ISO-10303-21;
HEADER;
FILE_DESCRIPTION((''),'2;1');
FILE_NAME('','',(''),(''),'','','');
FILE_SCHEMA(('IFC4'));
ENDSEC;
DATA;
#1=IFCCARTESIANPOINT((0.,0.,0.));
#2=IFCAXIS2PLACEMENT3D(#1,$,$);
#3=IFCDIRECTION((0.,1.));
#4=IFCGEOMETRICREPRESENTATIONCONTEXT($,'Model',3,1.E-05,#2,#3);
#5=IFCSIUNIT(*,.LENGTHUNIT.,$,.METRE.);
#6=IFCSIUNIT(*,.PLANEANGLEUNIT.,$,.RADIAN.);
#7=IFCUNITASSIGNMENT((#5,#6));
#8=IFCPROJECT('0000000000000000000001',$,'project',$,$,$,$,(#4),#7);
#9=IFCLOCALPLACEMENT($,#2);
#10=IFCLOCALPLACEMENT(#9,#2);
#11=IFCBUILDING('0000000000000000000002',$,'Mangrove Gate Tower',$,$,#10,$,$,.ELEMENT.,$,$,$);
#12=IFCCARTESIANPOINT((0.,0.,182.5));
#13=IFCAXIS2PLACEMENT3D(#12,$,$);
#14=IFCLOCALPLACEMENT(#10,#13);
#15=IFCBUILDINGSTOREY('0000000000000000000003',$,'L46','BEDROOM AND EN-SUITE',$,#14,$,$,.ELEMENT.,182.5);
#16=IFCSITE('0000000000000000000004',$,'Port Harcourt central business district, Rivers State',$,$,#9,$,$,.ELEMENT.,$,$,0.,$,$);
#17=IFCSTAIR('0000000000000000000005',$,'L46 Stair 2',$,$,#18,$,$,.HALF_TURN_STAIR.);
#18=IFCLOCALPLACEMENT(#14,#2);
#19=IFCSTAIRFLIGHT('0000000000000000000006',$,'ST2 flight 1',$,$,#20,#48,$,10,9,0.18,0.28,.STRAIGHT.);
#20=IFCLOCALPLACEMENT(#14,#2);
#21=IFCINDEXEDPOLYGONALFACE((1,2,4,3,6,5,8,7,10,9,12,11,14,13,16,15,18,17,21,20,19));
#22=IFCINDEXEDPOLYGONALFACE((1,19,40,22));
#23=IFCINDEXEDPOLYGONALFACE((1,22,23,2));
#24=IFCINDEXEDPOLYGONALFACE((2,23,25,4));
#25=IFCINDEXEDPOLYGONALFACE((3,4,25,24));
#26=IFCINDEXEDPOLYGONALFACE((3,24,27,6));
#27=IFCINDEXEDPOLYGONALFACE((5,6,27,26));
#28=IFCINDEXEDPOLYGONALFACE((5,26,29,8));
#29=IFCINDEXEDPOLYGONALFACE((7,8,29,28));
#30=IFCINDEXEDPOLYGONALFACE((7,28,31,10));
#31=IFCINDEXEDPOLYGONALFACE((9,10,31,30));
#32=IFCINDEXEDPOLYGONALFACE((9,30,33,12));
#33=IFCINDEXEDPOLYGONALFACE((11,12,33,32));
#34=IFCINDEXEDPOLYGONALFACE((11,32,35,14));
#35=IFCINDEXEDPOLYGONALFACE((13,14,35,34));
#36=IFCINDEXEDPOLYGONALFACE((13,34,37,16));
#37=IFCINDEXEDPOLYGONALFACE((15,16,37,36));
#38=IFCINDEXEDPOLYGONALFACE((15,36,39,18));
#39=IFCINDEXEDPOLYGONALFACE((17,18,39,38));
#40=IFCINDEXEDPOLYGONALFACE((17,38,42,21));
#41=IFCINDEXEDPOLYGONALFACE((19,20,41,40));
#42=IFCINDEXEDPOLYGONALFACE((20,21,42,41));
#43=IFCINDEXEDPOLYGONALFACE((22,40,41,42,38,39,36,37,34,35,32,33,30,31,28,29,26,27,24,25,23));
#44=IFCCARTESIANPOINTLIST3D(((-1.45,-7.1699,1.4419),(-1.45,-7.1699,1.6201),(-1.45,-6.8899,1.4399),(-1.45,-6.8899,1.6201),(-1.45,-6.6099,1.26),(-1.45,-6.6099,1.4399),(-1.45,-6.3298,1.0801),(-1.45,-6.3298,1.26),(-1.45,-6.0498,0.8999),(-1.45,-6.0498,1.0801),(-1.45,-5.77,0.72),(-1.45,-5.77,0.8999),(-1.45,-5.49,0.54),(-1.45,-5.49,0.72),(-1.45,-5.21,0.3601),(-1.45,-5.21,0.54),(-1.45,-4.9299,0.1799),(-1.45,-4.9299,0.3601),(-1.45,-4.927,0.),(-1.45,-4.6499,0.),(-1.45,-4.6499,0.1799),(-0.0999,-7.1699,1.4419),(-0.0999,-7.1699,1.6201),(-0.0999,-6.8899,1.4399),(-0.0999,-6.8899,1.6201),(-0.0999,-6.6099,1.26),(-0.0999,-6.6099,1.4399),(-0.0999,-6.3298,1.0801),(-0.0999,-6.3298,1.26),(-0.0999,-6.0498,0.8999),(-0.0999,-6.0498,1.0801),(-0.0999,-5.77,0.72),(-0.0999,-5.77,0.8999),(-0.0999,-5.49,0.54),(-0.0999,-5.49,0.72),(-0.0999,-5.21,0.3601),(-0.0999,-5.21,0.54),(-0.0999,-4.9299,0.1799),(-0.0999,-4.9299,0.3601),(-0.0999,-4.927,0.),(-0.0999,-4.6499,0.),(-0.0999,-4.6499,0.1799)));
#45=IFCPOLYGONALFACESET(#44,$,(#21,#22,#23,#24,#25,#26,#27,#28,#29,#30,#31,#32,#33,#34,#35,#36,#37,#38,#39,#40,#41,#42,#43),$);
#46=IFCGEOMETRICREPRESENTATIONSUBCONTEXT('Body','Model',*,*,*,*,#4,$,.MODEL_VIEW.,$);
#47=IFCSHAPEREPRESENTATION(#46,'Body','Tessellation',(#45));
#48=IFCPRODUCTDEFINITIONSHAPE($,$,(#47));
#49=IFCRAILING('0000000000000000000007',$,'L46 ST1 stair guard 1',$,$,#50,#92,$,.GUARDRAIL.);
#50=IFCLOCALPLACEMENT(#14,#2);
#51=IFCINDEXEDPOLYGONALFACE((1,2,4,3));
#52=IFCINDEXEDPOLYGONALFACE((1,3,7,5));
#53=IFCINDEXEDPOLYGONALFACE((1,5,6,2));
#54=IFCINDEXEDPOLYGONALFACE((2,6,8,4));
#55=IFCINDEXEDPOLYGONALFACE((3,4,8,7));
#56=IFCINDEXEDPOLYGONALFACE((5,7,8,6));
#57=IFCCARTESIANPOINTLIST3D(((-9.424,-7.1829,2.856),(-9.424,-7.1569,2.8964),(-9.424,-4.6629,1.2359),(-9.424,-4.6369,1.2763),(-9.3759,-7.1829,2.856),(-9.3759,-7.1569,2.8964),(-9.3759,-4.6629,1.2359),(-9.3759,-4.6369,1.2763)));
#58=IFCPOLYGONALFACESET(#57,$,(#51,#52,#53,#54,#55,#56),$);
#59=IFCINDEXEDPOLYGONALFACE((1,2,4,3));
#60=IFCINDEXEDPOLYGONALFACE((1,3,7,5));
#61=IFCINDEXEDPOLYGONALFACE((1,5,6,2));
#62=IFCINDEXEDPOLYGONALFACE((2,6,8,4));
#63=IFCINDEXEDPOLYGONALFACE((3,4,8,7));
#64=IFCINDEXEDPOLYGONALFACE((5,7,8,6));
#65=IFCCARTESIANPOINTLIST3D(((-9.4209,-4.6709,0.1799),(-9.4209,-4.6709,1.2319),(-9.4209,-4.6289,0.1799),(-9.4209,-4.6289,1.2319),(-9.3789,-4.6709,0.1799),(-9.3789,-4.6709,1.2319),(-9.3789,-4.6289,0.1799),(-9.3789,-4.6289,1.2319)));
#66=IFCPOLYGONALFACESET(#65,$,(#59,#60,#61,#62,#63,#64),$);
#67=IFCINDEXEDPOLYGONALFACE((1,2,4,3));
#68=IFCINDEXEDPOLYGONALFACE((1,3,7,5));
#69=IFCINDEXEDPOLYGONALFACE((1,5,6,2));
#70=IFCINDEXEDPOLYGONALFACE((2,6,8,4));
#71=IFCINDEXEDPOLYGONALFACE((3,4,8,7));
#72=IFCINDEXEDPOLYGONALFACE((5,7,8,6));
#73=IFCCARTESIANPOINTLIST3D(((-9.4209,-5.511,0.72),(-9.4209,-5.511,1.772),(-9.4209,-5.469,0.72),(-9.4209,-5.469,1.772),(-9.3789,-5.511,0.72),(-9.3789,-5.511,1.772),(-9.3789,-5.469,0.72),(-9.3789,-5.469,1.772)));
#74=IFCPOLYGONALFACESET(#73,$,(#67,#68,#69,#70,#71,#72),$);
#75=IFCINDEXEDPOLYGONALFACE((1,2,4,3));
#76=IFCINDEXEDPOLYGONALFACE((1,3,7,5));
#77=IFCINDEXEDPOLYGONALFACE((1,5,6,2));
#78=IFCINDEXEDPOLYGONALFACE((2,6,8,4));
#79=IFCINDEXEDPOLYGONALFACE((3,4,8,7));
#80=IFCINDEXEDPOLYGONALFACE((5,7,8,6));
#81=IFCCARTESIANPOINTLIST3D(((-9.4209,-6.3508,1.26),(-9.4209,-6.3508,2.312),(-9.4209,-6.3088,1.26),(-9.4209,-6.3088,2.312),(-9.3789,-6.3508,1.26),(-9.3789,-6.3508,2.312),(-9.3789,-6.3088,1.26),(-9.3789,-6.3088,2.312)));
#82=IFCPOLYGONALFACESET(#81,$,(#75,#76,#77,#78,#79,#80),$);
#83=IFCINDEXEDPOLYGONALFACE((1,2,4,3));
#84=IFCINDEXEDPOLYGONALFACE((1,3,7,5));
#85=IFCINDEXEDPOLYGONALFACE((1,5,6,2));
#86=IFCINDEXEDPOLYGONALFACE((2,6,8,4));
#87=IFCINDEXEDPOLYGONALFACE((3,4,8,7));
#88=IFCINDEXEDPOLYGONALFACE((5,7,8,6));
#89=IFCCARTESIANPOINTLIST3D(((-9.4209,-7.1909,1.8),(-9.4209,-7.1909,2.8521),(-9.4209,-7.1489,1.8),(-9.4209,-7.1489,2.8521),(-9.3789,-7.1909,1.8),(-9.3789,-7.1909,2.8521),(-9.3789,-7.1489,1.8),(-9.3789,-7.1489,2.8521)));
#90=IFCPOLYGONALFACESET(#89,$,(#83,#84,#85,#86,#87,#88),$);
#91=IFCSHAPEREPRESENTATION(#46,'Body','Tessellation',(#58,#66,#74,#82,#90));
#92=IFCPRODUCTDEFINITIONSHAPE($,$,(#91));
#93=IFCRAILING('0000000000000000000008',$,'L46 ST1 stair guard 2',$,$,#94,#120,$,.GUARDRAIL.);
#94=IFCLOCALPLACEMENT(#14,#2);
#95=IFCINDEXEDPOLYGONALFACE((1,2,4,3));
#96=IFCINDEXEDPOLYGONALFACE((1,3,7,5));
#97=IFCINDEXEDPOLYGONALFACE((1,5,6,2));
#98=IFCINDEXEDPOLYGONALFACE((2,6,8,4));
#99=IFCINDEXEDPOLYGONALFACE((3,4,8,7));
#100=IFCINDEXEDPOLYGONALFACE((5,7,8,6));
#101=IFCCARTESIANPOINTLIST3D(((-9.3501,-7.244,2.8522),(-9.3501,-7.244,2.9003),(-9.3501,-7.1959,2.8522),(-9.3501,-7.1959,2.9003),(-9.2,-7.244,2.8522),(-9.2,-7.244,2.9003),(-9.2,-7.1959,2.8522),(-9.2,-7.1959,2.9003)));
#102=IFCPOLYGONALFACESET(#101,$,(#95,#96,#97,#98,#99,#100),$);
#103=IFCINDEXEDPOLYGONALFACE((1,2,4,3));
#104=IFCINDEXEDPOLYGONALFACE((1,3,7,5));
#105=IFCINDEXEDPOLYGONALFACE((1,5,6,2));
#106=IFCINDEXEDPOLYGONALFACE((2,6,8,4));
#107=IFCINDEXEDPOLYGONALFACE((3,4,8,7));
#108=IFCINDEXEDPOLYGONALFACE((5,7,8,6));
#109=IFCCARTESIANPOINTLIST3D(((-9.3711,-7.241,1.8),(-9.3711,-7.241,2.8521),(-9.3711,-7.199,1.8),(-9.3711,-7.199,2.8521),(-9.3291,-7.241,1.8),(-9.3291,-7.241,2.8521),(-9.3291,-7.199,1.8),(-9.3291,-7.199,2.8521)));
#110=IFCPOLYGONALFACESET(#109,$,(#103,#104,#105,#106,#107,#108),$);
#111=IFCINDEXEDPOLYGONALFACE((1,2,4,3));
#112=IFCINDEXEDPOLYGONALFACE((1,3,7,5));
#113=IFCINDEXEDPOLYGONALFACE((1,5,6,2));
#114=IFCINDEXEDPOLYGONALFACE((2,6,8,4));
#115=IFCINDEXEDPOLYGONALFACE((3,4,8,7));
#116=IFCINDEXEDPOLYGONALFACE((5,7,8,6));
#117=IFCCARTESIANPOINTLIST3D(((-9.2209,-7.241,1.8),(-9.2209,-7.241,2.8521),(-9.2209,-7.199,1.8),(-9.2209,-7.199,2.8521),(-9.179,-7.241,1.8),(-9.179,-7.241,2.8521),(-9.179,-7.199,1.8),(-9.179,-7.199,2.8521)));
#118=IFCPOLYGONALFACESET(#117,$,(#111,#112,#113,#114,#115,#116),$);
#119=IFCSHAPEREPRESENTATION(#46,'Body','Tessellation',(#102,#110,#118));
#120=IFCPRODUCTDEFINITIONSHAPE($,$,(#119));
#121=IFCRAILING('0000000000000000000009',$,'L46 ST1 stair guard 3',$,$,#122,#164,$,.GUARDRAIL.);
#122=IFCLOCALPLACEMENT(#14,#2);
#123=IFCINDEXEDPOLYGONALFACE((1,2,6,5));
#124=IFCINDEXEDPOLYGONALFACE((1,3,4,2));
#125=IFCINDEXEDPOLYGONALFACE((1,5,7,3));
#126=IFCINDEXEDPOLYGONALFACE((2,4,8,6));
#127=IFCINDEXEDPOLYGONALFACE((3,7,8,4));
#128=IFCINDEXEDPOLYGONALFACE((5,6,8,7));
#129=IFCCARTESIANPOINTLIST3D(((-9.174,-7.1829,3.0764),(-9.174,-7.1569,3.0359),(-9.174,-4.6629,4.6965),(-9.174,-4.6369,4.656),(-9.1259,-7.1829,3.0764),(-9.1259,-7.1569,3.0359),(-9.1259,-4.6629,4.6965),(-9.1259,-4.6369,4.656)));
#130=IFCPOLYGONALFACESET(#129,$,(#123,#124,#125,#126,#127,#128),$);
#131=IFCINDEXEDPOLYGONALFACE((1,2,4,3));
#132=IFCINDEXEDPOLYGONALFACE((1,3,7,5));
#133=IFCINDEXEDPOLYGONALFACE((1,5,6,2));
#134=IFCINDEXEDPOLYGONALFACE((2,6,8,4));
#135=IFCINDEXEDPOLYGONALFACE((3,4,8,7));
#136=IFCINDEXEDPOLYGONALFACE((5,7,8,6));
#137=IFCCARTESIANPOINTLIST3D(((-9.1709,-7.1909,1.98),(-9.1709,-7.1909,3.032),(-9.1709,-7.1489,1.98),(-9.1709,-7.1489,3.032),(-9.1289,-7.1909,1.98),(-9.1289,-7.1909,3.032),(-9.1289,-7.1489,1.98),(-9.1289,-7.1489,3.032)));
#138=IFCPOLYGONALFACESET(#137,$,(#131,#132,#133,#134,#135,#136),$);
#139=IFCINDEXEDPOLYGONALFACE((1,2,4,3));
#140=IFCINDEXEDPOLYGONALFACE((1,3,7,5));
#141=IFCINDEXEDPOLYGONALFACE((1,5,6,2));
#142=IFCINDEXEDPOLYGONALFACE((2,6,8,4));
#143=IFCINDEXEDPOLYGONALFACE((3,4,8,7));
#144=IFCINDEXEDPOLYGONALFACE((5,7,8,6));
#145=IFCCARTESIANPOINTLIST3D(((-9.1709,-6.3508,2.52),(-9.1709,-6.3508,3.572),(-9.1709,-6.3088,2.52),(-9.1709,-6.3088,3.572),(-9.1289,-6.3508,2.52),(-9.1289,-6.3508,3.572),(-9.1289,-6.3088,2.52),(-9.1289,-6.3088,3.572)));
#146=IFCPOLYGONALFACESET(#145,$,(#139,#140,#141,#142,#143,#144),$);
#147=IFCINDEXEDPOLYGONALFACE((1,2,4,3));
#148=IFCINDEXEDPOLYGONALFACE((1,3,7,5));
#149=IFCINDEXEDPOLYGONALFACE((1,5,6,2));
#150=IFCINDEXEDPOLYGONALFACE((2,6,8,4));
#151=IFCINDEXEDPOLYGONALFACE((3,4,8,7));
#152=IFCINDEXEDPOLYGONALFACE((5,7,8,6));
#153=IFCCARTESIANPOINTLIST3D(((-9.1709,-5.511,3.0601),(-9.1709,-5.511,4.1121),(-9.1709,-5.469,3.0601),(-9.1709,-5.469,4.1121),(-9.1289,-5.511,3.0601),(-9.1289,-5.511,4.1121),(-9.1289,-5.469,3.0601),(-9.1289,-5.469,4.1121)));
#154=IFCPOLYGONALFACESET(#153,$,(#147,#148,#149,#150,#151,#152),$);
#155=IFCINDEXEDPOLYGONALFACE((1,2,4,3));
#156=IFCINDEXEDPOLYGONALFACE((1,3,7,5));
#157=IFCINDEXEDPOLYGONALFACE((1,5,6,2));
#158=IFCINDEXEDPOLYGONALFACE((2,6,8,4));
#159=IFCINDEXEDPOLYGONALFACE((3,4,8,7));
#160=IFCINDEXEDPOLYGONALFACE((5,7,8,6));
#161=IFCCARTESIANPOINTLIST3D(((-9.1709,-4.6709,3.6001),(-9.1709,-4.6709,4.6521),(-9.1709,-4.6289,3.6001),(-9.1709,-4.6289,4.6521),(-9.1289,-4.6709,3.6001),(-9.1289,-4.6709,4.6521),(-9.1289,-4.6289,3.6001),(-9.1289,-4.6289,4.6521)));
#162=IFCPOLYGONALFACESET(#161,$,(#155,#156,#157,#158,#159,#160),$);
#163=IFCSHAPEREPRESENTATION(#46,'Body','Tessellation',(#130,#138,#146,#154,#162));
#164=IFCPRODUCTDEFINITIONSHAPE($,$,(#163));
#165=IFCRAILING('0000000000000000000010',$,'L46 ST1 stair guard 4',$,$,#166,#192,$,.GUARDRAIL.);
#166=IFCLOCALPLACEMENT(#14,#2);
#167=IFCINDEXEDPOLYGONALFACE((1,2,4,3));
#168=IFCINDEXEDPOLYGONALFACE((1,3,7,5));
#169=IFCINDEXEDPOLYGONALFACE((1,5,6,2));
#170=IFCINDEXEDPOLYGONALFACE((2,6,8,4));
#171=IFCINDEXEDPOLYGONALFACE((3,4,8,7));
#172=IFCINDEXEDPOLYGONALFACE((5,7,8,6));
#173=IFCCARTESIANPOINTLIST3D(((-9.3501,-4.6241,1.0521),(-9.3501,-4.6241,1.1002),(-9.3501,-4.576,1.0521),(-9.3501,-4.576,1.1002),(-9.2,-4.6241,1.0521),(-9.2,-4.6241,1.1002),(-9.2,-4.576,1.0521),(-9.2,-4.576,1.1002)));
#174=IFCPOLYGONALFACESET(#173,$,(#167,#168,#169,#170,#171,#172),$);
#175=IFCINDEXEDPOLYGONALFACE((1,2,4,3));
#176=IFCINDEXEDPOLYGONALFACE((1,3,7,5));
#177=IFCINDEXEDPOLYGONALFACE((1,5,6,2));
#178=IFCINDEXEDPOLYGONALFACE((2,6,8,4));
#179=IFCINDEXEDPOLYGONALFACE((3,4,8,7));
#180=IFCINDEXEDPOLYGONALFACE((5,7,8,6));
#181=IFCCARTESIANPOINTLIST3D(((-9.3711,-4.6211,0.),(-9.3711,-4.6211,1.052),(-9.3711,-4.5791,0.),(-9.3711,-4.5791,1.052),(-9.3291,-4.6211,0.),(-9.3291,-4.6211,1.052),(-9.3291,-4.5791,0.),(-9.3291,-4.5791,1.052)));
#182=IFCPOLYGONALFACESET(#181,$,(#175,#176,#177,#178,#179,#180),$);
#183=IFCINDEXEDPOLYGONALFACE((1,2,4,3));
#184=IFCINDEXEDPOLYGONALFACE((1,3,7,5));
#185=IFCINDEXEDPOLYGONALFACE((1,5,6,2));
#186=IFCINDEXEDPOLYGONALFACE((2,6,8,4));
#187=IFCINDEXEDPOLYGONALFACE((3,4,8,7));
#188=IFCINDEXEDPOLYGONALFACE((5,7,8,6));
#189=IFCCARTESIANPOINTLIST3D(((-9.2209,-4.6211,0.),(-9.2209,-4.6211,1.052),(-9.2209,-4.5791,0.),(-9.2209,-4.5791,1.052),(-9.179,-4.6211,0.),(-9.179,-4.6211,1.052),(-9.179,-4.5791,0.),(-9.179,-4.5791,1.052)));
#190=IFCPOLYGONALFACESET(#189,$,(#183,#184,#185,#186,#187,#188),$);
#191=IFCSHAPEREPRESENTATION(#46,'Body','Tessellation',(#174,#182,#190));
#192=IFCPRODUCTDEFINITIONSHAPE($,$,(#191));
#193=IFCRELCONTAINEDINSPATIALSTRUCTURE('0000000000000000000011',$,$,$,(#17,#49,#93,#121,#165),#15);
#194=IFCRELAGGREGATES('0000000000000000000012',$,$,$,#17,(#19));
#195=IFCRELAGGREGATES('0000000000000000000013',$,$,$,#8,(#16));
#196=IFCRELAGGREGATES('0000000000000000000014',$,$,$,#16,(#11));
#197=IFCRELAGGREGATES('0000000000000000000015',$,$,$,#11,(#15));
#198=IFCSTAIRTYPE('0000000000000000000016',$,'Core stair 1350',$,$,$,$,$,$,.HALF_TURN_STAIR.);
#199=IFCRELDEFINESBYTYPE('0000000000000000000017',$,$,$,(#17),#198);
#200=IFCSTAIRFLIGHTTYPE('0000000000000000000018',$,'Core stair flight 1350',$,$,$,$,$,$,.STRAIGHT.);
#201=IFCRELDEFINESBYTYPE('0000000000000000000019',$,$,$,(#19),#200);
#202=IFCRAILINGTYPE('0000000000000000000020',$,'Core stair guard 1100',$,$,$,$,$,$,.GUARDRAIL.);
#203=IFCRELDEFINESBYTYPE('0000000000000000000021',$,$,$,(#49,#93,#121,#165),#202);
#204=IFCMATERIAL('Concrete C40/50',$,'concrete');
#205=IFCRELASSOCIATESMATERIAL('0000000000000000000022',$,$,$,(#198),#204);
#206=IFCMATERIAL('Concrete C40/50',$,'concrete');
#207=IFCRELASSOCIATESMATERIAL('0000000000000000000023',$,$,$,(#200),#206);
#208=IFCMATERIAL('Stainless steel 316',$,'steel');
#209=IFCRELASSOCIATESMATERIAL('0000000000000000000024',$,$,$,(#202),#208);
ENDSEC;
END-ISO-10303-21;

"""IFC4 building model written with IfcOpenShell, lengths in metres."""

from ifc_helpers import new_model, si_unit, direction, frame, origin, origin_2d, place, context, subcontext, project, spatial, polyline, rectangle, outline, extrude, material, type_object, element, aggregate, save


model = new_model("IFC4")

# Units and contexts
model_context = context("Model", 3, precision=1e-05, world=origin(), true_north=direction((0.0, 1.0)))
body_context = subcontext(model_context, "Body", "Model", "MODEL_VIEW")
ifc_project = project(units=[si_unit("LENGTHUNIT", "METRE"), si_unit("PLANEANGLEUNIT", "RADIAN")], contexts=[model_context])

# Site, building, storey
site_placement = place(None, origin())
site = spatial("IfcSite", under=ifc_project, at=site_placement, Name="Port Harcourt central business district, Rivers State", CompositionType="ELEMENT", RefElevation=0.0)
building_placement = place(site_placement, origin())
building = spatial("IfcBuilding", under=site, at=building_placement, Name="Mangrove Gate Tower", CompositionType="ELEMENT")
storey_placement = place(building_placement, frame((0.0, 0.0, 182.5)))
storey = spatial("IfcBuildingStorey", under=building, at=storey_placement, Name="L46", Description="BEDROOM AND EN-SUITE", CompositionType="ELEMENT", Elevation=182.5)

# Shared definitions
ifc_material_1 = material(Name="Concrete C40/50", Category="concrete")
stair_type = type_object("IfcStairType", Name="Core stair 1350", PredefinedType="HALF_TURN_STAIR", material=ifc_material_1)
ifc_material_2 = material(Name="Concrete C40/50", Category="concrete")
stair_flight_type = type_object("IfcStairFlightType", Name="Core stair flight 1350", PredefinedType="STRAIGHT", material=ifc_material_2)

# Stair, stair flight
stair_1_placement = place(storey_placement, origin())
stair_1 = element("IfcStair", 1, at=stair_1_placement, inside=storey, type_object=stair_type, Name="L46 Stair 2", PredefinedType="HALF_TURN_STAIR")
stair_flight_1_placement = place(storey_placement, frame((-0.7749, -4.6499, 0.0), z_axis=(0.0, 0.0, 1.0), x_axis=(0.0, -1.0, 0.0)))
stair_flight_1 = element("IfcStairFlight", 2, at=stair_flight_1_placement, type_object=stair_flight_type, Name="ST2 flight 1", NumberOfRisers=10, NumberOfTreads=9, PredefinedType="STRAIGHT", RiserHeight=0.18, TreadLength=0.28, context=body_context, shape_type="SweptSolid", body=[
    extrude(outline(polyline([(0.0, 0.0), (0.0, 0.1799), (0.28, 0.1799), (0.28, 0.3601), (0.5601, 0.3601), (0.5601, 0.54), (0.8401, 0.54), (0.8401, 0.72), (1.1201, 0.72), (1.1201, 0.8999), (1.3999, 0.8999), (1.3999, 1.0801), (1.6799, 1.0801), (1.6799, 1.26), (1.96, 1.26), (1.96, 1.4399), (2.24, 1.4399), (2.24, 1.6201), (2.52, 1.6201), (2.52, 1.8), (2.52, 1.4419), (0.2771, 0.0), (0.0, 0.0)])), frame((0.0, 0.675, 0.0), z_axis=(0.0, -1.0, 0.0), x_axis=(1.0, 0.0, 0.0)), (0.0, 0.0, 1.0), 1.3501),
])
aggregate(stair_1, [stair_flight_1])

# Railings
ifc_material_3 = material(Name="Stainless steel 316", Category="steel")
railing_type_1 = type_object("IfcRailingType", Name="Core stair guard 1100", PredefinedType="GUARDRAIL", material=ifc_material_3)
railing_1_placement = place(storey_placement, frame((-9.3999, -4.6499, 0.1799)))
element("IfcRailing", 3, at=railing_1_placement, inside=storey, type_object=railing_type_1, Name="L46 ST1 stair guard 1", PredefinedType="GUARDRAIL", context=body_context, shape_type="SweptSolid", body=[
    extrude(rectangle(XDim=0.0481, YDim=0.0481, at=origin_2d()), frame((0.0, 0.0, 1.0762), z_axis=(0.0, -0.841163, 0.540782), x_axis=(1.0, 0.0, 0.0)), (0.0, 0.0, 1.0), 2.9958),
    extrude(rectangle(XDim=0.042, YDim=0.042, at=origin_2d()), origin(), (0.0, 0.0, 1.0), 1.052),
    extrude(rectangle(XDim=0.042, YDim=0.042, at=origin_2d()), frame((0.0, -0.8401, 0.54)), (0.0, 0.0, 1.0), 1.052),
    extrude(rectangle(XDim=0.042, YDim=0.042, at=origin_2d()), frame((0.0, -1.6799, 1.0801)), (0.0, 0.0, 1.0), 1.052),
    extrude(rectangle(XDim=0.042, YDim=0.042, at=origin_2d()), frame((0.0, -2.52, 1.6201)), (0.0, 0.0, 1.0), 1.052),
])
railing_2_placement = place(storey_placement, frame((-9.3501, -7.22, 1.8)))
element("IfcRailing", 4, at=railing_2_placement, inside=storey, type_object=railing_type_1, Name="L46 ST1 stair guard 2", PredefinedType="GUARDRAIL", context=body_context, shape_type="SweptSolid", body=[
    extrude(rectangle(XDim=0.0481, YDim=0.0481, at=origin_2d()), frame((0.0, 0.0, 1.0762), z_axis=(1.0, 0.0, 0.0), x_axis=(0.0, 1.0, 0.0)), (0.0, 0.0, 1.0), 0.1501),
    extrude(rectangle(XDim=0.042, YDim=0.042, at=origin_2d()), origin(), (0.0, 0.0, 1.0), 1.052),
    extrude(rectangle(XDim=0.042, YDim=0.042, at=origin_2d()), frame((0.1501, 0.0, 0.0)), (0.0, 0.0, 1.0), 1.052),
])
railing_3_placement = place(storey_placement, frame((-9.1499, -7.1699, 1.98)))
element("IfcRailing", 5, at=railing_3_placement, inside=storey, type_object=railing_type_1, Name="L46 ST1 stair guard 3", PredefinedType="GUARDRAIL", context=body_context, shape_type="SweptSolid", body=[
    extrude(rectangle(XDim=0.0481, YDim=0.0481, at=origin_2d()), frame((0.0, 0.0, 1.0762), z_axis=(0.0, 0.841163, 0.540782), x_axis=(-1.0, 0.0, 0.0)), (0.0, 0.0, 1.0), 2.9958),
    extrude(rectangle(XDim=0.042, YDim=0.042, at=origin_2d()), origin(), (0.0, 0.0, 1.0), 1.052),
    extrude(rectangle(XDim=0.042, YDim=0.042, at=origin_2d()), frame((0.0, 0.8401, 0.54)), (0.0, 0.0, 1.0), 1.052),
    extrude(rectangle(XDim=0.042, YDim=0.042, at=origin_2d()), frame((0.0, 1.6799, 1.0801)), (0.0, 0.0, 1.0), 1.052),
    extrude(rectangle(XDim=0.042, YDim=0.042, at=origin_2d()), frame((0.0, 2.52, 1.6201)), (0.0, 0.0, 1.0), 1.052),
])
railing_4_placement = place(storey_placement, frame((-9.3501, -4.6001, 0.0)))
element("IfcRailing", 6, at=railing_4_placement, inside=storey, type_object=railing_type_1, Name="L46 ST1 stair guard 4", PredefinedType="GUARDRAIL", context=body_context, shape_type="SweptSolid", body=[
    extrude(rectangle(XDim=0.0481, YDim=0.0481, at=origin_2d()), frame((0.0, 0.0, 1.0762), z_axis=(1.0, 0.0, 0.0), x_axis=(0.0, 1.0, 0.0)), (0.0, 0.0, 1.0), 0.1501),
    extrude(rectangle(XDim=0.042, YDim=0.042, at=origin_2d()), origin(), (0.0, 0.0, 1.0), 1.052),
    extrude(rectangle(XDim=0.042, YDim=0.042, at=origin_2d()), frame((0.1501, 0.0, 0.0)), (0.0, 0.0, 1.0), 1.052),
])

save(model, "model.ifc")
